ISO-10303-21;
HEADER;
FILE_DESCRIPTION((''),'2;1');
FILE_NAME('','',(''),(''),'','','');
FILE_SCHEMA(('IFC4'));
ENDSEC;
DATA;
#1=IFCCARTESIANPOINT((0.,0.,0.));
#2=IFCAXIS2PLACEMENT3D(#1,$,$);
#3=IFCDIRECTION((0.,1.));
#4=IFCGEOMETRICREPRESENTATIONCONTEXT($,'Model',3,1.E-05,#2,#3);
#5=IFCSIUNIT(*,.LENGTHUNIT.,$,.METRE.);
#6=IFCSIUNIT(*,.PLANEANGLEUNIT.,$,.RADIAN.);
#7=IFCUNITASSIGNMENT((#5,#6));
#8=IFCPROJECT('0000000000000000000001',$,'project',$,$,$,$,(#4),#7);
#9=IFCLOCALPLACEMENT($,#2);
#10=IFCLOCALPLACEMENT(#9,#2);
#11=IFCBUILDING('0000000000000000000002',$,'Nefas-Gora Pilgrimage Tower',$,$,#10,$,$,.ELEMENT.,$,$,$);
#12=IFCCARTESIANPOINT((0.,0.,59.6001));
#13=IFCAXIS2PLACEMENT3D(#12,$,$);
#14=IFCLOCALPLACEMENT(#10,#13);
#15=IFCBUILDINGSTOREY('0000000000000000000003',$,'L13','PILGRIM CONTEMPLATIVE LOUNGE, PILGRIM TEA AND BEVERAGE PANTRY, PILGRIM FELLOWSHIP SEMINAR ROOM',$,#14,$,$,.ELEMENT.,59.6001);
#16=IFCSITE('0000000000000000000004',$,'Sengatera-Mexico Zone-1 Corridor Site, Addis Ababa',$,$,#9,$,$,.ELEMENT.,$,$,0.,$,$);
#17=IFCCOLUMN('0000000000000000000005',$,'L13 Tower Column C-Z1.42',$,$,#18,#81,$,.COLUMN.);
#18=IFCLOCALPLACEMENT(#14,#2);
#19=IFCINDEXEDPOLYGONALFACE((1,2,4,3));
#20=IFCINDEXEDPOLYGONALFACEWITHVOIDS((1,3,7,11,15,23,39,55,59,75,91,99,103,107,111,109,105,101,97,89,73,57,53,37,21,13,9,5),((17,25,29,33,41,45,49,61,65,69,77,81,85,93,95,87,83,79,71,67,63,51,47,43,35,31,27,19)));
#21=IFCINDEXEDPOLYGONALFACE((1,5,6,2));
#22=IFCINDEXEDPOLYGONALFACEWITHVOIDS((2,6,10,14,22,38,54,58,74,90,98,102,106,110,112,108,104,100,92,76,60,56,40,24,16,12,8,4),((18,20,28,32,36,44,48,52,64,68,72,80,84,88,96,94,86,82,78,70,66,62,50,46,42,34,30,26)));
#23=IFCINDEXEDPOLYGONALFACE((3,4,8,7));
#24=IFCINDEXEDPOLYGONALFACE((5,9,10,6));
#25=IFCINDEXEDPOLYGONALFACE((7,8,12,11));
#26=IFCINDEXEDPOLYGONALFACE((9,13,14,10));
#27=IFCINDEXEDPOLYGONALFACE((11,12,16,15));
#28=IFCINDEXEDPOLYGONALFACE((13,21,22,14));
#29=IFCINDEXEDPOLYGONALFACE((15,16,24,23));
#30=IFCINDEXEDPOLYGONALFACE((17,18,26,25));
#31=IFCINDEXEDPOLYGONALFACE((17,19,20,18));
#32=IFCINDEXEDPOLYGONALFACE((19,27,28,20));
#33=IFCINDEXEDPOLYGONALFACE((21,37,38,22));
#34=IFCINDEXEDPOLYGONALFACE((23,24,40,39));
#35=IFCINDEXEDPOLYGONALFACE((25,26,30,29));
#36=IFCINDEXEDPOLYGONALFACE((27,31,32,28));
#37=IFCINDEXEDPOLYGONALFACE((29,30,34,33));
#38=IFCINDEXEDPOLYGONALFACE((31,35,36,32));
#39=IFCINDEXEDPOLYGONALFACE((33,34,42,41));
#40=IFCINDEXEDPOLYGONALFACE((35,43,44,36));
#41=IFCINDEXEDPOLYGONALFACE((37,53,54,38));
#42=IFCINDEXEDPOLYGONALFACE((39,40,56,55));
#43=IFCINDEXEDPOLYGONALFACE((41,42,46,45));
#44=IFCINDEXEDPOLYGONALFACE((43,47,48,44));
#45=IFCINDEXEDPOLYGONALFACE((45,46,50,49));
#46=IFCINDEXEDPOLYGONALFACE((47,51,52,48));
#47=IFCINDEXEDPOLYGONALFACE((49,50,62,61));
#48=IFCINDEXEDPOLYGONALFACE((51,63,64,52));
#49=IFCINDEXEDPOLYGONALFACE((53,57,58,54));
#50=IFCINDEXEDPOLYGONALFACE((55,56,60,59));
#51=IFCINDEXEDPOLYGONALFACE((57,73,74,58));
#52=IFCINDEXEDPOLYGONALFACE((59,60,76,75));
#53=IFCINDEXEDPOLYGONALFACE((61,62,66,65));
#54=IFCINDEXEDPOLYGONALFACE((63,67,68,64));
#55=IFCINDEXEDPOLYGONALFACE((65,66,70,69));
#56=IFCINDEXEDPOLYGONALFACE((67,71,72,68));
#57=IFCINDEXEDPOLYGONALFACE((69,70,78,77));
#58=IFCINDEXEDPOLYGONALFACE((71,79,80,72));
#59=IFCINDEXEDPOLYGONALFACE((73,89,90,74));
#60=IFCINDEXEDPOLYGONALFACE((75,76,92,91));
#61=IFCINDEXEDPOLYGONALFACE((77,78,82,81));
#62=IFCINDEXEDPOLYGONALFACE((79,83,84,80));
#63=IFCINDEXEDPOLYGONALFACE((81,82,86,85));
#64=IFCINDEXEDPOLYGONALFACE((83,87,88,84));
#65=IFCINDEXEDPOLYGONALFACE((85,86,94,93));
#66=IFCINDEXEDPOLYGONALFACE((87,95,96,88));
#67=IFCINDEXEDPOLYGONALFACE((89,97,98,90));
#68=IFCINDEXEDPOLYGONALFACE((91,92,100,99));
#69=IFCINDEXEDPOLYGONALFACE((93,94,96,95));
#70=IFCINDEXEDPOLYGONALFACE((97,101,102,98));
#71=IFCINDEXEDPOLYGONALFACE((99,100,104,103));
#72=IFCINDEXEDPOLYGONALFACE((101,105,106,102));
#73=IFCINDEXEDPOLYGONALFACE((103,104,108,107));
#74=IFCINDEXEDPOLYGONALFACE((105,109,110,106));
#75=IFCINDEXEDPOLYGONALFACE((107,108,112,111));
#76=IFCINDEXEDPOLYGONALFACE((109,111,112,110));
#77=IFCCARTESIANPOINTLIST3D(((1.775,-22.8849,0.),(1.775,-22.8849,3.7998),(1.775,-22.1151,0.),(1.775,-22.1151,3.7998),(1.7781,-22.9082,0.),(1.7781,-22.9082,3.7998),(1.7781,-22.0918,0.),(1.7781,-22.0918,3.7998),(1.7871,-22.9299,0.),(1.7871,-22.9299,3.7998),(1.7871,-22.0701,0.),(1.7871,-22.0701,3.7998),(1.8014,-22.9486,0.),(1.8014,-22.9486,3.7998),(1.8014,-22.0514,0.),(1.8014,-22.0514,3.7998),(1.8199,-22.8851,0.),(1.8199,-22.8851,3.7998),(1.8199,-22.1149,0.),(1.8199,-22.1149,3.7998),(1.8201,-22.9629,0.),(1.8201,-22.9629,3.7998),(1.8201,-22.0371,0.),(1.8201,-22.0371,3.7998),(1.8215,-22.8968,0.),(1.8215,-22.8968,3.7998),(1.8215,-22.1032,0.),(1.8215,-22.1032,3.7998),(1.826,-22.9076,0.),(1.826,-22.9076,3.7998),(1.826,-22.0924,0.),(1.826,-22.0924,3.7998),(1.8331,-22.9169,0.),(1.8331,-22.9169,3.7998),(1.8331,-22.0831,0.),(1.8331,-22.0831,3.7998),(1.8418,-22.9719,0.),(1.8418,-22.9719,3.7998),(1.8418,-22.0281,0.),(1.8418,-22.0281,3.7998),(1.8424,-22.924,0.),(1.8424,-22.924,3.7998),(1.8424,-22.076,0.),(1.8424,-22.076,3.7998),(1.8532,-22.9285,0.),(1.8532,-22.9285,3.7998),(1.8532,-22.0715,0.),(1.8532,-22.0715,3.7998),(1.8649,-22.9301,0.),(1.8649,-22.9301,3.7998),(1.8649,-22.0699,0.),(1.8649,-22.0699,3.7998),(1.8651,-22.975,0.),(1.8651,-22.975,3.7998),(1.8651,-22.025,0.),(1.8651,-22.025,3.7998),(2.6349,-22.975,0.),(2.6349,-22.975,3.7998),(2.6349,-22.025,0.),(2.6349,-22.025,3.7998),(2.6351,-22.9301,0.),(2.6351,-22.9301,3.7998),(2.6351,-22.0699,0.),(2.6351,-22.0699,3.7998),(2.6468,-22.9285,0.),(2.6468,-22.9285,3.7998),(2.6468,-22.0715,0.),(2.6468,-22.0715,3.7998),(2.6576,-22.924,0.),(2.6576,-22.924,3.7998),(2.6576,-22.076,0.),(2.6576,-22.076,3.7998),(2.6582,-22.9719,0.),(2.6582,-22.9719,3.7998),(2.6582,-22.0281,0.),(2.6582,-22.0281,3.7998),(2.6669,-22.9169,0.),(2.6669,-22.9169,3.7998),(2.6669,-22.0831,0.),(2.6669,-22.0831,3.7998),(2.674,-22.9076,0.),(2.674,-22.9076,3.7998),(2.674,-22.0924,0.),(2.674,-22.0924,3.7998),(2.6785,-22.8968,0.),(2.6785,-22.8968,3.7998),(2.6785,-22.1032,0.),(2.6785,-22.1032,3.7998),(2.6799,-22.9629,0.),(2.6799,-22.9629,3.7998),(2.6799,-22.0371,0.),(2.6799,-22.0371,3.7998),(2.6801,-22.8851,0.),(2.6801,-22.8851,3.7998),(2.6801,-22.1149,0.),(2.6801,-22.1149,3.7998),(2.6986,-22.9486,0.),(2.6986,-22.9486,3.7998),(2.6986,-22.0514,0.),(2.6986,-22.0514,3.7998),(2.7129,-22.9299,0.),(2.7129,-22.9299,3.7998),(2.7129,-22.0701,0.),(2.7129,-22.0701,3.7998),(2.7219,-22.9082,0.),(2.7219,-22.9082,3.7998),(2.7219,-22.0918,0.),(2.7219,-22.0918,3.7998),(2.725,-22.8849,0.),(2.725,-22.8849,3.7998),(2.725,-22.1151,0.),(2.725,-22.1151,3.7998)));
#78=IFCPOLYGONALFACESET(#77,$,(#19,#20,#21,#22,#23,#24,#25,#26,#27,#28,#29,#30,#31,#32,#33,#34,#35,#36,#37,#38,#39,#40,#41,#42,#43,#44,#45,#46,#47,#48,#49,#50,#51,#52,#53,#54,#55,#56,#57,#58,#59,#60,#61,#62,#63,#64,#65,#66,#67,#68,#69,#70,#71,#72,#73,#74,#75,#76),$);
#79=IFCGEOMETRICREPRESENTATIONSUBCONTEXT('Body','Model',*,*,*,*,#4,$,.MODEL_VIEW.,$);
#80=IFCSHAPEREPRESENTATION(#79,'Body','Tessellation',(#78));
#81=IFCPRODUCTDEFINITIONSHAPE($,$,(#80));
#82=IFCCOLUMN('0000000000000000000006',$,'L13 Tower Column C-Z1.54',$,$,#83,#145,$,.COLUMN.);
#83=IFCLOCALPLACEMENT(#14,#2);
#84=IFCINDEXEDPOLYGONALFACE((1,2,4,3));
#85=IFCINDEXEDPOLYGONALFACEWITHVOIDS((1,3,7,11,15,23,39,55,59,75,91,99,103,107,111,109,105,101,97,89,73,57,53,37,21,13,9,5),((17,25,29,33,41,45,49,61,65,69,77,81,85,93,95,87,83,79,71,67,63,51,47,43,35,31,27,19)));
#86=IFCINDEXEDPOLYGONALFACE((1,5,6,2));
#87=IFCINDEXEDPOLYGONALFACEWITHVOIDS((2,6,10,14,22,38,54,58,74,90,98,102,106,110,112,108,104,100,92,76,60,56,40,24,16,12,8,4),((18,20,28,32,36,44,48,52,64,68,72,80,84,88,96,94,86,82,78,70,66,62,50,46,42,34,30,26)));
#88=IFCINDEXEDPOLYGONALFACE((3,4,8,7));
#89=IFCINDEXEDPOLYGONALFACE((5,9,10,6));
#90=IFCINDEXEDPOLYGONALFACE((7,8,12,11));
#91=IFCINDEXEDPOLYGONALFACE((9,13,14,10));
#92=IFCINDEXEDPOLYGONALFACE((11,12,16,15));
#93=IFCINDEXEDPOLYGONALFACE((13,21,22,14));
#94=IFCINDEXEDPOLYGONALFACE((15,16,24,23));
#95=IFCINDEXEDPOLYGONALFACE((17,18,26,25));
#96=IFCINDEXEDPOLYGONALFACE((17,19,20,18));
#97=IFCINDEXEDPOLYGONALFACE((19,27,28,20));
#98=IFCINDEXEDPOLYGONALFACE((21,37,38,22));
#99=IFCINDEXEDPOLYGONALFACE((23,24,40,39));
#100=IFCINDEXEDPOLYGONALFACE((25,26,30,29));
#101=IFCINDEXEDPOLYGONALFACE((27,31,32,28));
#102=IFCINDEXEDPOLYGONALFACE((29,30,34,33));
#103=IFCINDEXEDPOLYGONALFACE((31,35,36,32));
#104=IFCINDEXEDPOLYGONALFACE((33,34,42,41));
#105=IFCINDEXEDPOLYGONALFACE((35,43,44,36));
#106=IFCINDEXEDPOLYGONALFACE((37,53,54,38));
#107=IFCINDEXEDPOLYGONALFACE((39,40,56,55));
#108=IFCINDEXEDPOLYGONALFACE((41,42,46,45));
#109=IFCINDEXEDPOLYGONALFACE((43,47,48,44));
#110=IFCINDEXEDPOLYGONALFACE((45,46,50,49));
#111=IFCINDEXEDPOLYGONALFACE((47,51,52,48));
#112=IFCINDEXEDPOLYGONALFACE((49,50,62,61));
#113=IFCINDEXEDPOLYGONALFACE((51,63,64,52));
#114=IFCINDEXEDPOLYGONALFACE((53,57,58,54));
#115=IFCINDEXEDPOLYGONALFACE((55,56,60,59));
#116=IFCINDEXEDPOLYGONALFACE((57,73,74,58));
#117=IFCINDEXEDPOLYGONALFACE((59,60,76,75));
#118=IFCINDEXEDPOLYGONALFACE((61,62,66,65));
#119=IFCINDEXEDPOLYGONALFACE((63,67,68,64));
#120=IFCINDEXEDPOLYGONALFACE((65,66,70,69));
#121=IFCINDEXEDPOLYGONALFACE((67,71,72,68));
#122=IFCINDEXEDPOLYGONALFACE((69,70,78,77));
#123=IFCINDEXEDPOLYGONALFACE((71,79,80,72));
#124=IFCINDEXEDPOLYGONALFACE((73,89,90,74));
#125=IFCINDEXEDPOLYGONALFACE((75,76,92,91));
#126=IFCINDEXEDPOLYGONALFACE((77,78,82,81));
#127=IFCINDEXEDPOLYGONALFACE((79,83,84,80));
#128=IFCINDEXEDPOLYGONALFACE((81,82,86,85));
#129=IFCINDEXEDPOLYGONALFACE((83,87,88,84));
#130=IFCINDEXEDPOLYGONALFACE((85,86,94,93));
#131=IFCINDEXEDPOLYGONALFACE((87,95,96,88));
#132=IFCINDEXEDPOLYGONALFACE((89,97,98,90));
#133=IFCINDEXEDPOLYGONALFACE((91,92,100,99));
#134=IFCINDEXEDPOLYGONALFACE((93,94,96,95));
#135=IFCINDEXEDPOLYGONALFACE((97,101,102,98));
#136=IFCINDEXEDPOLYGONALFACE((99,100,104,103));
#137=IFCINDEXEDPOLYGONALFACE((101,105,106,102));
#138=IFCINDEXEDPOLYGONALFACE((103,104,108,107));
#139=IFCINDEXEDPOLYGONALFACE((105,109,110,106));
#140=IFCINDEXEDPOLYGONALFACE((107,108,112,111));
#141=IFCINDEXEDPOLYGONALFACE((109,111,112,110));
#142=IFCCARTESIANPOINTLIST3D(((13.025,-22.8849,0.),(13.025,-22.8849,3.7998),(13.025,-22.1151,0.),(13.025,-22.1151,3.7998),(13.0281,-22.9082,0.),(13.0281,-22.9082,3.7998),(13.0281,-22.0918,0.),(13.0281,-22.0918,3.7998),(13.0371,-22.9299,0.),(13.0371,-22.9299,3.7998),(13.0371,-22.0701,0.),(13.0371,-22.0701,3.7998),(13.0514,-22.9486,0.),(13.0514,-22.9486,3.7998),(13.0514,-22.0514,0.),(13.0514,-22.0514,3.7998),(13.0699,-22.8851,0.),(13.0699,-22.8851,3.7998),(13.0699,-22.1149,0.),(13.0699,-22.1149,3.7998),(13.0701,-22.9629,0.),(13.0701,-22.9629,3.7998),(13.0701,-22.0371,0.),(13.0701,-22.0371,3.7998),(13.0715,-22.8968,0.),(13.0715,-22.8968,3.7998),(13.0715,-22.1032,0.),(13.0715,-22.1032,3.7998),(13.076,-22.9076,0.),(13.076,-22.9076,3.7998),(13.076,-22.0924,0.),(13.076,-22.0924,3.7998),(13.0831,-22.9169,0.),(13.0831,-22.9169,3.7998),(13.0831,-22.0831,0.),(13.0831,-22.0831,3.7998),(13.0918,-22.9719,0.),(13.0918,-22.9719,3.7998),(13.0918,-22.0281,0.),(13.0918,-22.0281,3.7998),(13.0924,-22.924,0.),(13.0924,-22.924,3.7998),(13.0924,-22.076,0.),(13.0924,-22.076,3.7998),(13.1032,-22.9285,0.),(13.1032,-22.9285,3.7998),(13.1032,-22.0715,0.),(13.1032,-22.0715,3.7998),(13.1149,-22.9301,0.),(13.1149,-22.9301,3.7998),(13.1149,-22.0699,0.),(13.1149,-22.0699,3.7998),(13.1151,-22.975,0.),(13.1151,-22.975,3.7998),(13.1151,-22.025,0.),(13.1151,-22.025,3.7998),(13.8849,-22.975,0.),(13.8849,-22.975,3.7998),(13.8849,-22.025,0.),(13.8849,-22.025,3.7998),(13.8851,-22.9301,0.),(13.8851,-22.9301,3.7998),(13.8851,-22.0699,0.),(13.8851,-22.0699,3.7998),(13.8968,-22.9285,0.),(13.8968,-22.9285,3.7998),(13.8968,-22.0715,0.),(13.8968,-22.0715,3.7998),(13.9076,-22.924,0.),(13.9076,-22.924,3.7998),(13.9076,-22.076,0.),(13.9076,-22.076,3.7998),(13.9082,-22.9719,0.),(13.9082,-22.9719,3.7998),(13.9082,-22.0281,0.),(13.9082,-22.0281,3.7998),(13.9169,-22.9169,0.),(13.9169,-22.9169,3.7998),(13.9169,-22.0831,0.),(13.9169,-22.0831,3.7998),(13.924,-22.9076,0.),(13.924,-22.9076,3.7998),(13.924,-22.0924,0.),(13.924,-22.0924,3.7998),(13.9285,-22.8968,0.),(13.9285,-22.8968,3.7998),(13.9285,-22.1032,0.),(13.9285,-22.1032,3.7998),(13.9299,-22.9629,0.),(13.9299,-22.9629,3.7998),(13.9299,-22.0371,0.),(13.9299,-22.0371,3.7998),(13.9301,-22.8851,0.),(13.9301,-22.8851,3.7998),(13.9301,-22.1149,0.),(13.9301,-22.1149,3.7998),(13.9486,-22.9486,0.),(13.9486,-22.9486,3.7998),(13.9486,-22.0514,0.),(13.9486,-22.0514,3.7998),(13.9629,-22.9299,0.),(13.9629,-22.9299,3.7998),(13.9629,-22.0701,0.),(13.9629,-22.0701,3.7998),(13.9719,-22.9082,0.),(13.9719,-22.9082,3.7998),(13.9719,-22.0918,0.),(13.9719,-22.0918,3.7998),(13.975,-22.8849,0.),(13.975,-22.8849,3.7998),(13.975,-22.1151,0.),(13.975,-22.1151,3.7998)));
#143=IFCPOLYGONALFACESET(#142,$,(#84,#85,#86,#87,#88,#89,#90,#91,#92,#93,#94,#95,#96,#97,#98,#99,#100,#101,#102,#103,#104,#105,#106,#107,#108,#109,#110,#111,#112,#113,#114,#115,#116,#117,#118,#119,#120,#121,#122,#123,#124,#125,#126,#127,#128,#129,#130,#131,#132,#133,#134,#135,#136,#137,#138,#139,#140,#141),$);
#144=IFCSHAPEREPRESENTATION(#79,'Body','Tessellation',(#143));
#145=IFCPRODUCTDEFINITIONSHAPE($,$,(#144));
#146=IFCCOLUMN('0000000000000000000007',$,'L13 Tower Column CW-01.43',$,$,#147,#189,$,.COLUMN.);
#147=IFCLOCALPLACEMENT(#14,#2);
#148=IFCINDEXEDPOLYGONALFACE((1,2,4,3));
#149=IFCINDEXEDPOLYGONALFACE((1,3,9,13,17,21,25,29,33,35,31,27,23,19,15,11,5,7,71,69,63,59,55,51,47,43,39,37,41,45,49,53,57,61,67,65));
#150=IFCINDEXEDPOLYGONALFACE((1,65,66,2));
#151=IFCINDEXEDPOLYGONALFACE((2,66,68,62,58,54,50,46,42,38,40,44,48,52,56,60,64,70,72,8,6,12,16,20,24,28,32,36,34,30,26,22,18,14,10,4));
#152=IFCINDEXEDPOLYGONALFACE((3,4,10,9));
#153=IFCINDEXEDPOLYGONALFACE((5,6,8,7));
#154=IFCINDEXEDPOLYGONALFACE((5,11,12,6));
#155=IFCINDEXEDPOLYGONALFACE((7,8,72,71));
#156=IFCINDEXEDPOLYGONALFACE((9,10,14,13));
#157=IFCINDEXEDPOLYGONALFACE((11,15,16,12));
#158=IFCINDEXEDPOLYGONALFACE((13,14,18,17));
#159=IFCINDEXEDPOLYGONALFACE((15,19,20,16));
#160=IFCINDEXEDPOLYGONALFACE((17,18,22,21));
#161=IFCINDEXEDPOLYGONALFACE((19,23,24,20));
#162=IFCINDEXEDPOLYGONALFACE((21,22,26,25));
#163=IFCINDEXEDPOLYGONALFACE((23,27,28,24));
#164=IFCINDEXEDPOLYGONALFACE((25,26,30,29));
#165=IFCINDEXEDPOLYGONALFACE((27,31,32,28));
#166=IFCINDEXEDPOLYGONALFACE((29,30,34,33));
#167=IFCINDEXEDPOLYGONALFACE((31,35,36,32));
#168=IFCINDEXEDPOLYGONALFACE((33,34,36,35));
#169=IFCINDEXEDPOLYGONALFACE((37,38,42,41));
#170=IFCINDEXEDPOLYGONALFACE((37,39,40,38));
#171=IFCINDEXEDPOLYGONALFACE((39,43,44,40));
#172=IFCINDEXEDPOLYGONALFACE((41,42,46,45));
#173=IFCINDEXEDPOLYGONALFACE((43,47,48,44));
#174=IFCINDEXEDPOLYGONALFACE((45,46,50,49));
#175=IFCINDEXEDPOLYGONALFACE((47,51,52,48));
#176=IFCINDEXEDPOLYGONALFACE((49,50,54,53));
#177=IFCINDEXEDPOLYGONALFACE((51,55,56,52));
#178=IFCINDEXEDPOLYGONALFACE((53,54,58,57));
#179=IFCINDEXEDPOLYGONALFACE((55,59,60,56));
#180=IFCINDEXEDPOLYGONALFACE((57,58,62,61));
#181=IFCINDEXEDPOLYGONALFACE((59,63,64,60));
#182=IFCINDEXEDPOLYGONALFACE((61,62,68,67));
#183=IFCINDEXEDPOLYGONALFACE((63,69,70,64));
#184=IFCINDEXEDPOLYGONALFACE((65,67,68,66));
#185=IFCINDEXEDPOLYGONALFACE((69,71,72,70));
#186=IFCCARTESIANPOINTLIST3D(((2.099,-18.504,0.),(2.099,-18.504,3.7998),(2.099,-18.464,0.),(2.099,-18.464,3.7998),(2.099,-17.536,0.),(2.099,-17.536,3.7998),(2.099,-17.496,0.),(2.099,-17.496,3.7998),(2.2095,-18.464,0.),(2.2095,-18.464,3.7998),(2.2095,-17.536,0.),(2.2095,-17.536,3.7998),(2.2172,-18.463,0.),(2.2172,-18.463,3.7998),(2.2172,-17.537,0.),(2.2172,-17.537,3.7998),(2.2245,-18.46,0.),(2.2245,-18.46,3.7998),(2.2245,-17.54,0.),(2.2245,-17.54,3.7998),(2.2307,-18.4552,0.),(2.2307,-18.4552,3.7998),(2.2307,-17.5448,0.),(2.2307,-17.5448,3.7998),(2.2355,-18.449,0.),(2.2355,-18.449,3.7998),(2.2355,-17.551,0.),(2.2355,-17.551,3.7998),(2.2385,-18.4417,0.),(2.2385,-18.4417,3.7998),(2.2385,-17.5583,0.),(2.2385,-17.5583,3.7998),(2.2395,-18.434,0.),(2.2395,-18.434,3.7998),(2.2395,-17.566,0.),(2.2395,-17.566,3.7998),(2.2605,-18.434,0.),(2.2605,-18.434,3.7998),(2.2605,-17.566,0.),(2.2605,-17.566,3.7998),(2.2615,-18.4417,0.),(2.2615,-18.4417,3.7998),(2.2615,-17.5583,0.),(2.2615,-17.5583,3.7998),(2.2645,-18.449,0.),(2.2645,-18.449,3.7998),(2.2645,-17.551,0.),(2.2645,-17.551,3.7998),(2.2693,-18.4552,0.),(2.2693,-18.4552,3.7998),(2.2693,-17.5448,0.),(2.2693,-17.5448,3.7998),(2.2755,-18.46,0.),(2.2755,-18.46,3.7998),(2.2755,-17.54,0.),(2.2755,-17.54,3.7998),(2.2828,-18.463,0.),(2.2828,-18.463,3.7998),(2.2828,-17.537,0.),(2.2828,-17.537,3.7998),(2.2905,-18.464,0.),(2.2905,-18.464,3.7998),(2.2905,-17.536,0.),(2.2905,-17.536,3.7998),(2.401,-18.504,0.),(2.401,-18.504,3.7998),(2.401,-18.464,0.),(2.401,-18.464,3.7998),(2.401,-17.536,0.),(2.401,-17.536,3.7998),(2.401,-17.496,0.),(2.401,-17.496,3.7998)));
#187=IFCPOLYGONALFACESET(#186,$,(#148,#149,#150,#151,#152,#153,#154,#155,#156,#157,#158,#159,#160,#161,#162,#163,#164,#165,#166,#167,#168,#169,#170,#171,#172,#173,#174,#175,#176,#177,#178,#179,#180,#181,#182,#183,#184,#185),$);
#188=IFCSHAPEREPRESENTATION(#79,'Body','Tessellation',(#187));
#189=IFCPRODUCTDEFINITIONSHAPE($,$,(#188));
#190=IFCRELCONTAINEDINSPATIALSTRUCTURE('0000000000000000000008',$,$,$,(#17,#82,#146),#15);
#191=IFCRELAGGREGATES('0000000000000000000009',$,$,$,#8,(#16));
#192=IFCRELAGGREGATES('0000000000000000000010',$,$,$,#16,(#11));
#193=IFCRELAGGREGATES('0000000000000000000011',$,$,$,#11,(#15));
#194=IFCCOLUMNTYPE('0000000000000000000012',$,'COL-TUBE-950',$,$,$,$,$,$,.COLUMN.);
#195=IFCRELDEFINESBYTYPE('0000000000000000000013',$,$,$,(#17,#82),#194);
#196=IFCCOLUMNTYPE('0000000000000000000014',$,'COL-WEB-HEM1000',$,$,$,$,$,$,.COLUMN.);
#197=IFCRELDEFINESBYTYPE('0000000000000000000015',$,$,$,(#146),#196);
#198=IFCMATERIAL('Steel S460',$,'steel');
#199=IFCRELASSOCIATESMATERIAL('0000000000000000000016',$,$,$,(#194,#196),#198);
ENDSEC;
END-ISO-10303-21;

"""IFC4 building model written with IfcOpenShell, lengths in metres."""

from ifc_helpers import new_model, si_unit, direction, frame, origin, origin_2d, place, context, subcontext, project, spatial, hollow_rectangle, i_section, extrude, source, transform, mapped, material, material_profile, profile_set, type_object, element, save


model = new_model("IFC4")

# Units and contexts
model_context = context("Model", 3, precision=1e-05, world=origin(), true_north=direction((0.0, 1.0)))
body_context = subcontext(model_context, "Body", "Model", "MODEL_VIEW")
ifc_project = project(units=[si_unit("LENGTHUNIT", "METRE"), si_unit("PLANEANGLEUNIT", "RADIAN")], contexts=[model_context])

# Site, building, storey
site_placement = place(None, origin())
site = spatial("IfcSite", under=ifc_project, at=site_placement, Name="Sengatera-Mexico Zone-1 Corridor Site, Addis Ababa", CompositionType="ELEMENT", RefElevation=0.0)
building_placement = place(site_placement, origin())
building = spatial("IfcBuilding", under=site, at=building_placement, Name="Nefas-Gora Pilgrimage Tower", CompositionType="ELEMENT")
storey_placement = place(building_placement, frame((0.0, 0.0, 59.6001)))
storey = spatial("IfcBuildingStorey", under=building, at=storey_placement, Name="L13", Description="PILGRIM CONTEMPLATIVE LOUNGE, PILGRIM TEA AND BEVERAGE PANTRY, PILGRIM FELLOWSHIP SEMINAR ROOM", CompositionType="ELEMENT", Elevation=59.6001)

# Columns
ifc_material_1 = material(Name="Steel S460", Category="steel")
ifc_material_profile_1 = material_profile(ifc_material_1, hollow_rectangle(XDim=0.95, YDim=0.95, WallThickness=0.0449, InnerFilletRadius=0.0449, OuterFilletRadius=0.0901, at=origin_2d()), Name="BOX 950x950x45")
ifc_profile_set_1 = profile_set([ifc_material_profile_1], Name="Steel S460")
column_type_1 = type_object("IfcColumnType", Name="COL-TUBE-950", PredefinedType="COLUMN", material=ifc_profile_set_1)
shared_shape_1 = source(origin(), body_context, "Body", "SweptSolid", [
    extrude(hollow_rectangle(XDim=0.95, YDim=0.95, WallThickness=0.0449, InnerFilletRadius=0.0449, OuterFilletRadius=0.0901, at=origin_2d()), origin(), (0.0, 0.0, 1.0), 3.7998),
])
for number, where, z_axis, x_axis, name in (
    (1, (2.25, -22.5, 0.0), (0.0, 0.0, 1.0), (1.0, 0.0, 0.0), "L13 Tower Column C-Z1.42"),
    (2, (13.5, -22.5, 0.0), (0.0, 0.0, 1.0), (1.0, 0.0, 0.0), "L13 Tower Column C-Z1.54"),
):
    element("IfcColumn", number, at=place(storey_placement, frame(where, z_axis=z_axis, x_axis=x_axis)), inside=storey, type_object=column_type_1, Name=name, PredefinedType="COLUMN", context=body_context, shape_type="MappedRepresentation", body=[
        mapped(shared_shape_1, transform((0.0, 0.0, 0.0), x_axis=(1.0, 0.0, 0.0), y_axis=(0.0, 1.0, 0.0), z_axis=(0.0, 0.0, 1.0), scale=1.0)),
    ])
ifc_material_profile_2 = material_profile(ifc_material_1, i_section(OverallWidth=0.302, OverallDepth=1.0081, WebThickness=0.021, FlangeThickness=0.04, FilletRadius=0.03, at=origin_2d()), Name="HEM 1000")
ifc_profile_set_2 = profile_set([ifc_material_profile_2], Name="Steel S460")
column_type_2 = type_object("IfcColumnType", Name="COL-WEB-HEM1000", PredefinedType="COLUMN", material=ifc_profile_set_2)
shared_shape_2 = source(origin(), body_context, "Body", "SweptSolid", [
    extrude(i_section(OverallWidth=0.302, OverallDepth=1.0081, WebThickness=0.021, FlangeThickness=0.04, FilletRadius=0.03, at=origin_2d()), origin(), (0.0, 0.0, 1.0), 3.7998),
])
for number, where, z_axis, x_axis, name in (
    (3, (2.25, -18.0, 0.0), (0.0, 0.0, 1.0), (1.0, 0.0, 0.0), "L13 Tower Column CW-01.43"),
):
    element("IfcColumn", number, at=place(storey_placement, frame(where, z_axis=z_axis, x_axis=x_axis)), inside=storey, type_object=column_type_2, Name=name, PredefinedType="COLUMN", context=body_context, shape_type="MappedRepresentation", body=[
        mapped(shared_shape_2, transform((0.0, 0.0, 0.0), x_axis=(1.0, 0.0, 0.0), y_axis=(0.0, 1.0, 0.0), z_axis=(0.0, 0.0, 1.0), scale=1.0)),
    ])

save(model, "model.ifc")
